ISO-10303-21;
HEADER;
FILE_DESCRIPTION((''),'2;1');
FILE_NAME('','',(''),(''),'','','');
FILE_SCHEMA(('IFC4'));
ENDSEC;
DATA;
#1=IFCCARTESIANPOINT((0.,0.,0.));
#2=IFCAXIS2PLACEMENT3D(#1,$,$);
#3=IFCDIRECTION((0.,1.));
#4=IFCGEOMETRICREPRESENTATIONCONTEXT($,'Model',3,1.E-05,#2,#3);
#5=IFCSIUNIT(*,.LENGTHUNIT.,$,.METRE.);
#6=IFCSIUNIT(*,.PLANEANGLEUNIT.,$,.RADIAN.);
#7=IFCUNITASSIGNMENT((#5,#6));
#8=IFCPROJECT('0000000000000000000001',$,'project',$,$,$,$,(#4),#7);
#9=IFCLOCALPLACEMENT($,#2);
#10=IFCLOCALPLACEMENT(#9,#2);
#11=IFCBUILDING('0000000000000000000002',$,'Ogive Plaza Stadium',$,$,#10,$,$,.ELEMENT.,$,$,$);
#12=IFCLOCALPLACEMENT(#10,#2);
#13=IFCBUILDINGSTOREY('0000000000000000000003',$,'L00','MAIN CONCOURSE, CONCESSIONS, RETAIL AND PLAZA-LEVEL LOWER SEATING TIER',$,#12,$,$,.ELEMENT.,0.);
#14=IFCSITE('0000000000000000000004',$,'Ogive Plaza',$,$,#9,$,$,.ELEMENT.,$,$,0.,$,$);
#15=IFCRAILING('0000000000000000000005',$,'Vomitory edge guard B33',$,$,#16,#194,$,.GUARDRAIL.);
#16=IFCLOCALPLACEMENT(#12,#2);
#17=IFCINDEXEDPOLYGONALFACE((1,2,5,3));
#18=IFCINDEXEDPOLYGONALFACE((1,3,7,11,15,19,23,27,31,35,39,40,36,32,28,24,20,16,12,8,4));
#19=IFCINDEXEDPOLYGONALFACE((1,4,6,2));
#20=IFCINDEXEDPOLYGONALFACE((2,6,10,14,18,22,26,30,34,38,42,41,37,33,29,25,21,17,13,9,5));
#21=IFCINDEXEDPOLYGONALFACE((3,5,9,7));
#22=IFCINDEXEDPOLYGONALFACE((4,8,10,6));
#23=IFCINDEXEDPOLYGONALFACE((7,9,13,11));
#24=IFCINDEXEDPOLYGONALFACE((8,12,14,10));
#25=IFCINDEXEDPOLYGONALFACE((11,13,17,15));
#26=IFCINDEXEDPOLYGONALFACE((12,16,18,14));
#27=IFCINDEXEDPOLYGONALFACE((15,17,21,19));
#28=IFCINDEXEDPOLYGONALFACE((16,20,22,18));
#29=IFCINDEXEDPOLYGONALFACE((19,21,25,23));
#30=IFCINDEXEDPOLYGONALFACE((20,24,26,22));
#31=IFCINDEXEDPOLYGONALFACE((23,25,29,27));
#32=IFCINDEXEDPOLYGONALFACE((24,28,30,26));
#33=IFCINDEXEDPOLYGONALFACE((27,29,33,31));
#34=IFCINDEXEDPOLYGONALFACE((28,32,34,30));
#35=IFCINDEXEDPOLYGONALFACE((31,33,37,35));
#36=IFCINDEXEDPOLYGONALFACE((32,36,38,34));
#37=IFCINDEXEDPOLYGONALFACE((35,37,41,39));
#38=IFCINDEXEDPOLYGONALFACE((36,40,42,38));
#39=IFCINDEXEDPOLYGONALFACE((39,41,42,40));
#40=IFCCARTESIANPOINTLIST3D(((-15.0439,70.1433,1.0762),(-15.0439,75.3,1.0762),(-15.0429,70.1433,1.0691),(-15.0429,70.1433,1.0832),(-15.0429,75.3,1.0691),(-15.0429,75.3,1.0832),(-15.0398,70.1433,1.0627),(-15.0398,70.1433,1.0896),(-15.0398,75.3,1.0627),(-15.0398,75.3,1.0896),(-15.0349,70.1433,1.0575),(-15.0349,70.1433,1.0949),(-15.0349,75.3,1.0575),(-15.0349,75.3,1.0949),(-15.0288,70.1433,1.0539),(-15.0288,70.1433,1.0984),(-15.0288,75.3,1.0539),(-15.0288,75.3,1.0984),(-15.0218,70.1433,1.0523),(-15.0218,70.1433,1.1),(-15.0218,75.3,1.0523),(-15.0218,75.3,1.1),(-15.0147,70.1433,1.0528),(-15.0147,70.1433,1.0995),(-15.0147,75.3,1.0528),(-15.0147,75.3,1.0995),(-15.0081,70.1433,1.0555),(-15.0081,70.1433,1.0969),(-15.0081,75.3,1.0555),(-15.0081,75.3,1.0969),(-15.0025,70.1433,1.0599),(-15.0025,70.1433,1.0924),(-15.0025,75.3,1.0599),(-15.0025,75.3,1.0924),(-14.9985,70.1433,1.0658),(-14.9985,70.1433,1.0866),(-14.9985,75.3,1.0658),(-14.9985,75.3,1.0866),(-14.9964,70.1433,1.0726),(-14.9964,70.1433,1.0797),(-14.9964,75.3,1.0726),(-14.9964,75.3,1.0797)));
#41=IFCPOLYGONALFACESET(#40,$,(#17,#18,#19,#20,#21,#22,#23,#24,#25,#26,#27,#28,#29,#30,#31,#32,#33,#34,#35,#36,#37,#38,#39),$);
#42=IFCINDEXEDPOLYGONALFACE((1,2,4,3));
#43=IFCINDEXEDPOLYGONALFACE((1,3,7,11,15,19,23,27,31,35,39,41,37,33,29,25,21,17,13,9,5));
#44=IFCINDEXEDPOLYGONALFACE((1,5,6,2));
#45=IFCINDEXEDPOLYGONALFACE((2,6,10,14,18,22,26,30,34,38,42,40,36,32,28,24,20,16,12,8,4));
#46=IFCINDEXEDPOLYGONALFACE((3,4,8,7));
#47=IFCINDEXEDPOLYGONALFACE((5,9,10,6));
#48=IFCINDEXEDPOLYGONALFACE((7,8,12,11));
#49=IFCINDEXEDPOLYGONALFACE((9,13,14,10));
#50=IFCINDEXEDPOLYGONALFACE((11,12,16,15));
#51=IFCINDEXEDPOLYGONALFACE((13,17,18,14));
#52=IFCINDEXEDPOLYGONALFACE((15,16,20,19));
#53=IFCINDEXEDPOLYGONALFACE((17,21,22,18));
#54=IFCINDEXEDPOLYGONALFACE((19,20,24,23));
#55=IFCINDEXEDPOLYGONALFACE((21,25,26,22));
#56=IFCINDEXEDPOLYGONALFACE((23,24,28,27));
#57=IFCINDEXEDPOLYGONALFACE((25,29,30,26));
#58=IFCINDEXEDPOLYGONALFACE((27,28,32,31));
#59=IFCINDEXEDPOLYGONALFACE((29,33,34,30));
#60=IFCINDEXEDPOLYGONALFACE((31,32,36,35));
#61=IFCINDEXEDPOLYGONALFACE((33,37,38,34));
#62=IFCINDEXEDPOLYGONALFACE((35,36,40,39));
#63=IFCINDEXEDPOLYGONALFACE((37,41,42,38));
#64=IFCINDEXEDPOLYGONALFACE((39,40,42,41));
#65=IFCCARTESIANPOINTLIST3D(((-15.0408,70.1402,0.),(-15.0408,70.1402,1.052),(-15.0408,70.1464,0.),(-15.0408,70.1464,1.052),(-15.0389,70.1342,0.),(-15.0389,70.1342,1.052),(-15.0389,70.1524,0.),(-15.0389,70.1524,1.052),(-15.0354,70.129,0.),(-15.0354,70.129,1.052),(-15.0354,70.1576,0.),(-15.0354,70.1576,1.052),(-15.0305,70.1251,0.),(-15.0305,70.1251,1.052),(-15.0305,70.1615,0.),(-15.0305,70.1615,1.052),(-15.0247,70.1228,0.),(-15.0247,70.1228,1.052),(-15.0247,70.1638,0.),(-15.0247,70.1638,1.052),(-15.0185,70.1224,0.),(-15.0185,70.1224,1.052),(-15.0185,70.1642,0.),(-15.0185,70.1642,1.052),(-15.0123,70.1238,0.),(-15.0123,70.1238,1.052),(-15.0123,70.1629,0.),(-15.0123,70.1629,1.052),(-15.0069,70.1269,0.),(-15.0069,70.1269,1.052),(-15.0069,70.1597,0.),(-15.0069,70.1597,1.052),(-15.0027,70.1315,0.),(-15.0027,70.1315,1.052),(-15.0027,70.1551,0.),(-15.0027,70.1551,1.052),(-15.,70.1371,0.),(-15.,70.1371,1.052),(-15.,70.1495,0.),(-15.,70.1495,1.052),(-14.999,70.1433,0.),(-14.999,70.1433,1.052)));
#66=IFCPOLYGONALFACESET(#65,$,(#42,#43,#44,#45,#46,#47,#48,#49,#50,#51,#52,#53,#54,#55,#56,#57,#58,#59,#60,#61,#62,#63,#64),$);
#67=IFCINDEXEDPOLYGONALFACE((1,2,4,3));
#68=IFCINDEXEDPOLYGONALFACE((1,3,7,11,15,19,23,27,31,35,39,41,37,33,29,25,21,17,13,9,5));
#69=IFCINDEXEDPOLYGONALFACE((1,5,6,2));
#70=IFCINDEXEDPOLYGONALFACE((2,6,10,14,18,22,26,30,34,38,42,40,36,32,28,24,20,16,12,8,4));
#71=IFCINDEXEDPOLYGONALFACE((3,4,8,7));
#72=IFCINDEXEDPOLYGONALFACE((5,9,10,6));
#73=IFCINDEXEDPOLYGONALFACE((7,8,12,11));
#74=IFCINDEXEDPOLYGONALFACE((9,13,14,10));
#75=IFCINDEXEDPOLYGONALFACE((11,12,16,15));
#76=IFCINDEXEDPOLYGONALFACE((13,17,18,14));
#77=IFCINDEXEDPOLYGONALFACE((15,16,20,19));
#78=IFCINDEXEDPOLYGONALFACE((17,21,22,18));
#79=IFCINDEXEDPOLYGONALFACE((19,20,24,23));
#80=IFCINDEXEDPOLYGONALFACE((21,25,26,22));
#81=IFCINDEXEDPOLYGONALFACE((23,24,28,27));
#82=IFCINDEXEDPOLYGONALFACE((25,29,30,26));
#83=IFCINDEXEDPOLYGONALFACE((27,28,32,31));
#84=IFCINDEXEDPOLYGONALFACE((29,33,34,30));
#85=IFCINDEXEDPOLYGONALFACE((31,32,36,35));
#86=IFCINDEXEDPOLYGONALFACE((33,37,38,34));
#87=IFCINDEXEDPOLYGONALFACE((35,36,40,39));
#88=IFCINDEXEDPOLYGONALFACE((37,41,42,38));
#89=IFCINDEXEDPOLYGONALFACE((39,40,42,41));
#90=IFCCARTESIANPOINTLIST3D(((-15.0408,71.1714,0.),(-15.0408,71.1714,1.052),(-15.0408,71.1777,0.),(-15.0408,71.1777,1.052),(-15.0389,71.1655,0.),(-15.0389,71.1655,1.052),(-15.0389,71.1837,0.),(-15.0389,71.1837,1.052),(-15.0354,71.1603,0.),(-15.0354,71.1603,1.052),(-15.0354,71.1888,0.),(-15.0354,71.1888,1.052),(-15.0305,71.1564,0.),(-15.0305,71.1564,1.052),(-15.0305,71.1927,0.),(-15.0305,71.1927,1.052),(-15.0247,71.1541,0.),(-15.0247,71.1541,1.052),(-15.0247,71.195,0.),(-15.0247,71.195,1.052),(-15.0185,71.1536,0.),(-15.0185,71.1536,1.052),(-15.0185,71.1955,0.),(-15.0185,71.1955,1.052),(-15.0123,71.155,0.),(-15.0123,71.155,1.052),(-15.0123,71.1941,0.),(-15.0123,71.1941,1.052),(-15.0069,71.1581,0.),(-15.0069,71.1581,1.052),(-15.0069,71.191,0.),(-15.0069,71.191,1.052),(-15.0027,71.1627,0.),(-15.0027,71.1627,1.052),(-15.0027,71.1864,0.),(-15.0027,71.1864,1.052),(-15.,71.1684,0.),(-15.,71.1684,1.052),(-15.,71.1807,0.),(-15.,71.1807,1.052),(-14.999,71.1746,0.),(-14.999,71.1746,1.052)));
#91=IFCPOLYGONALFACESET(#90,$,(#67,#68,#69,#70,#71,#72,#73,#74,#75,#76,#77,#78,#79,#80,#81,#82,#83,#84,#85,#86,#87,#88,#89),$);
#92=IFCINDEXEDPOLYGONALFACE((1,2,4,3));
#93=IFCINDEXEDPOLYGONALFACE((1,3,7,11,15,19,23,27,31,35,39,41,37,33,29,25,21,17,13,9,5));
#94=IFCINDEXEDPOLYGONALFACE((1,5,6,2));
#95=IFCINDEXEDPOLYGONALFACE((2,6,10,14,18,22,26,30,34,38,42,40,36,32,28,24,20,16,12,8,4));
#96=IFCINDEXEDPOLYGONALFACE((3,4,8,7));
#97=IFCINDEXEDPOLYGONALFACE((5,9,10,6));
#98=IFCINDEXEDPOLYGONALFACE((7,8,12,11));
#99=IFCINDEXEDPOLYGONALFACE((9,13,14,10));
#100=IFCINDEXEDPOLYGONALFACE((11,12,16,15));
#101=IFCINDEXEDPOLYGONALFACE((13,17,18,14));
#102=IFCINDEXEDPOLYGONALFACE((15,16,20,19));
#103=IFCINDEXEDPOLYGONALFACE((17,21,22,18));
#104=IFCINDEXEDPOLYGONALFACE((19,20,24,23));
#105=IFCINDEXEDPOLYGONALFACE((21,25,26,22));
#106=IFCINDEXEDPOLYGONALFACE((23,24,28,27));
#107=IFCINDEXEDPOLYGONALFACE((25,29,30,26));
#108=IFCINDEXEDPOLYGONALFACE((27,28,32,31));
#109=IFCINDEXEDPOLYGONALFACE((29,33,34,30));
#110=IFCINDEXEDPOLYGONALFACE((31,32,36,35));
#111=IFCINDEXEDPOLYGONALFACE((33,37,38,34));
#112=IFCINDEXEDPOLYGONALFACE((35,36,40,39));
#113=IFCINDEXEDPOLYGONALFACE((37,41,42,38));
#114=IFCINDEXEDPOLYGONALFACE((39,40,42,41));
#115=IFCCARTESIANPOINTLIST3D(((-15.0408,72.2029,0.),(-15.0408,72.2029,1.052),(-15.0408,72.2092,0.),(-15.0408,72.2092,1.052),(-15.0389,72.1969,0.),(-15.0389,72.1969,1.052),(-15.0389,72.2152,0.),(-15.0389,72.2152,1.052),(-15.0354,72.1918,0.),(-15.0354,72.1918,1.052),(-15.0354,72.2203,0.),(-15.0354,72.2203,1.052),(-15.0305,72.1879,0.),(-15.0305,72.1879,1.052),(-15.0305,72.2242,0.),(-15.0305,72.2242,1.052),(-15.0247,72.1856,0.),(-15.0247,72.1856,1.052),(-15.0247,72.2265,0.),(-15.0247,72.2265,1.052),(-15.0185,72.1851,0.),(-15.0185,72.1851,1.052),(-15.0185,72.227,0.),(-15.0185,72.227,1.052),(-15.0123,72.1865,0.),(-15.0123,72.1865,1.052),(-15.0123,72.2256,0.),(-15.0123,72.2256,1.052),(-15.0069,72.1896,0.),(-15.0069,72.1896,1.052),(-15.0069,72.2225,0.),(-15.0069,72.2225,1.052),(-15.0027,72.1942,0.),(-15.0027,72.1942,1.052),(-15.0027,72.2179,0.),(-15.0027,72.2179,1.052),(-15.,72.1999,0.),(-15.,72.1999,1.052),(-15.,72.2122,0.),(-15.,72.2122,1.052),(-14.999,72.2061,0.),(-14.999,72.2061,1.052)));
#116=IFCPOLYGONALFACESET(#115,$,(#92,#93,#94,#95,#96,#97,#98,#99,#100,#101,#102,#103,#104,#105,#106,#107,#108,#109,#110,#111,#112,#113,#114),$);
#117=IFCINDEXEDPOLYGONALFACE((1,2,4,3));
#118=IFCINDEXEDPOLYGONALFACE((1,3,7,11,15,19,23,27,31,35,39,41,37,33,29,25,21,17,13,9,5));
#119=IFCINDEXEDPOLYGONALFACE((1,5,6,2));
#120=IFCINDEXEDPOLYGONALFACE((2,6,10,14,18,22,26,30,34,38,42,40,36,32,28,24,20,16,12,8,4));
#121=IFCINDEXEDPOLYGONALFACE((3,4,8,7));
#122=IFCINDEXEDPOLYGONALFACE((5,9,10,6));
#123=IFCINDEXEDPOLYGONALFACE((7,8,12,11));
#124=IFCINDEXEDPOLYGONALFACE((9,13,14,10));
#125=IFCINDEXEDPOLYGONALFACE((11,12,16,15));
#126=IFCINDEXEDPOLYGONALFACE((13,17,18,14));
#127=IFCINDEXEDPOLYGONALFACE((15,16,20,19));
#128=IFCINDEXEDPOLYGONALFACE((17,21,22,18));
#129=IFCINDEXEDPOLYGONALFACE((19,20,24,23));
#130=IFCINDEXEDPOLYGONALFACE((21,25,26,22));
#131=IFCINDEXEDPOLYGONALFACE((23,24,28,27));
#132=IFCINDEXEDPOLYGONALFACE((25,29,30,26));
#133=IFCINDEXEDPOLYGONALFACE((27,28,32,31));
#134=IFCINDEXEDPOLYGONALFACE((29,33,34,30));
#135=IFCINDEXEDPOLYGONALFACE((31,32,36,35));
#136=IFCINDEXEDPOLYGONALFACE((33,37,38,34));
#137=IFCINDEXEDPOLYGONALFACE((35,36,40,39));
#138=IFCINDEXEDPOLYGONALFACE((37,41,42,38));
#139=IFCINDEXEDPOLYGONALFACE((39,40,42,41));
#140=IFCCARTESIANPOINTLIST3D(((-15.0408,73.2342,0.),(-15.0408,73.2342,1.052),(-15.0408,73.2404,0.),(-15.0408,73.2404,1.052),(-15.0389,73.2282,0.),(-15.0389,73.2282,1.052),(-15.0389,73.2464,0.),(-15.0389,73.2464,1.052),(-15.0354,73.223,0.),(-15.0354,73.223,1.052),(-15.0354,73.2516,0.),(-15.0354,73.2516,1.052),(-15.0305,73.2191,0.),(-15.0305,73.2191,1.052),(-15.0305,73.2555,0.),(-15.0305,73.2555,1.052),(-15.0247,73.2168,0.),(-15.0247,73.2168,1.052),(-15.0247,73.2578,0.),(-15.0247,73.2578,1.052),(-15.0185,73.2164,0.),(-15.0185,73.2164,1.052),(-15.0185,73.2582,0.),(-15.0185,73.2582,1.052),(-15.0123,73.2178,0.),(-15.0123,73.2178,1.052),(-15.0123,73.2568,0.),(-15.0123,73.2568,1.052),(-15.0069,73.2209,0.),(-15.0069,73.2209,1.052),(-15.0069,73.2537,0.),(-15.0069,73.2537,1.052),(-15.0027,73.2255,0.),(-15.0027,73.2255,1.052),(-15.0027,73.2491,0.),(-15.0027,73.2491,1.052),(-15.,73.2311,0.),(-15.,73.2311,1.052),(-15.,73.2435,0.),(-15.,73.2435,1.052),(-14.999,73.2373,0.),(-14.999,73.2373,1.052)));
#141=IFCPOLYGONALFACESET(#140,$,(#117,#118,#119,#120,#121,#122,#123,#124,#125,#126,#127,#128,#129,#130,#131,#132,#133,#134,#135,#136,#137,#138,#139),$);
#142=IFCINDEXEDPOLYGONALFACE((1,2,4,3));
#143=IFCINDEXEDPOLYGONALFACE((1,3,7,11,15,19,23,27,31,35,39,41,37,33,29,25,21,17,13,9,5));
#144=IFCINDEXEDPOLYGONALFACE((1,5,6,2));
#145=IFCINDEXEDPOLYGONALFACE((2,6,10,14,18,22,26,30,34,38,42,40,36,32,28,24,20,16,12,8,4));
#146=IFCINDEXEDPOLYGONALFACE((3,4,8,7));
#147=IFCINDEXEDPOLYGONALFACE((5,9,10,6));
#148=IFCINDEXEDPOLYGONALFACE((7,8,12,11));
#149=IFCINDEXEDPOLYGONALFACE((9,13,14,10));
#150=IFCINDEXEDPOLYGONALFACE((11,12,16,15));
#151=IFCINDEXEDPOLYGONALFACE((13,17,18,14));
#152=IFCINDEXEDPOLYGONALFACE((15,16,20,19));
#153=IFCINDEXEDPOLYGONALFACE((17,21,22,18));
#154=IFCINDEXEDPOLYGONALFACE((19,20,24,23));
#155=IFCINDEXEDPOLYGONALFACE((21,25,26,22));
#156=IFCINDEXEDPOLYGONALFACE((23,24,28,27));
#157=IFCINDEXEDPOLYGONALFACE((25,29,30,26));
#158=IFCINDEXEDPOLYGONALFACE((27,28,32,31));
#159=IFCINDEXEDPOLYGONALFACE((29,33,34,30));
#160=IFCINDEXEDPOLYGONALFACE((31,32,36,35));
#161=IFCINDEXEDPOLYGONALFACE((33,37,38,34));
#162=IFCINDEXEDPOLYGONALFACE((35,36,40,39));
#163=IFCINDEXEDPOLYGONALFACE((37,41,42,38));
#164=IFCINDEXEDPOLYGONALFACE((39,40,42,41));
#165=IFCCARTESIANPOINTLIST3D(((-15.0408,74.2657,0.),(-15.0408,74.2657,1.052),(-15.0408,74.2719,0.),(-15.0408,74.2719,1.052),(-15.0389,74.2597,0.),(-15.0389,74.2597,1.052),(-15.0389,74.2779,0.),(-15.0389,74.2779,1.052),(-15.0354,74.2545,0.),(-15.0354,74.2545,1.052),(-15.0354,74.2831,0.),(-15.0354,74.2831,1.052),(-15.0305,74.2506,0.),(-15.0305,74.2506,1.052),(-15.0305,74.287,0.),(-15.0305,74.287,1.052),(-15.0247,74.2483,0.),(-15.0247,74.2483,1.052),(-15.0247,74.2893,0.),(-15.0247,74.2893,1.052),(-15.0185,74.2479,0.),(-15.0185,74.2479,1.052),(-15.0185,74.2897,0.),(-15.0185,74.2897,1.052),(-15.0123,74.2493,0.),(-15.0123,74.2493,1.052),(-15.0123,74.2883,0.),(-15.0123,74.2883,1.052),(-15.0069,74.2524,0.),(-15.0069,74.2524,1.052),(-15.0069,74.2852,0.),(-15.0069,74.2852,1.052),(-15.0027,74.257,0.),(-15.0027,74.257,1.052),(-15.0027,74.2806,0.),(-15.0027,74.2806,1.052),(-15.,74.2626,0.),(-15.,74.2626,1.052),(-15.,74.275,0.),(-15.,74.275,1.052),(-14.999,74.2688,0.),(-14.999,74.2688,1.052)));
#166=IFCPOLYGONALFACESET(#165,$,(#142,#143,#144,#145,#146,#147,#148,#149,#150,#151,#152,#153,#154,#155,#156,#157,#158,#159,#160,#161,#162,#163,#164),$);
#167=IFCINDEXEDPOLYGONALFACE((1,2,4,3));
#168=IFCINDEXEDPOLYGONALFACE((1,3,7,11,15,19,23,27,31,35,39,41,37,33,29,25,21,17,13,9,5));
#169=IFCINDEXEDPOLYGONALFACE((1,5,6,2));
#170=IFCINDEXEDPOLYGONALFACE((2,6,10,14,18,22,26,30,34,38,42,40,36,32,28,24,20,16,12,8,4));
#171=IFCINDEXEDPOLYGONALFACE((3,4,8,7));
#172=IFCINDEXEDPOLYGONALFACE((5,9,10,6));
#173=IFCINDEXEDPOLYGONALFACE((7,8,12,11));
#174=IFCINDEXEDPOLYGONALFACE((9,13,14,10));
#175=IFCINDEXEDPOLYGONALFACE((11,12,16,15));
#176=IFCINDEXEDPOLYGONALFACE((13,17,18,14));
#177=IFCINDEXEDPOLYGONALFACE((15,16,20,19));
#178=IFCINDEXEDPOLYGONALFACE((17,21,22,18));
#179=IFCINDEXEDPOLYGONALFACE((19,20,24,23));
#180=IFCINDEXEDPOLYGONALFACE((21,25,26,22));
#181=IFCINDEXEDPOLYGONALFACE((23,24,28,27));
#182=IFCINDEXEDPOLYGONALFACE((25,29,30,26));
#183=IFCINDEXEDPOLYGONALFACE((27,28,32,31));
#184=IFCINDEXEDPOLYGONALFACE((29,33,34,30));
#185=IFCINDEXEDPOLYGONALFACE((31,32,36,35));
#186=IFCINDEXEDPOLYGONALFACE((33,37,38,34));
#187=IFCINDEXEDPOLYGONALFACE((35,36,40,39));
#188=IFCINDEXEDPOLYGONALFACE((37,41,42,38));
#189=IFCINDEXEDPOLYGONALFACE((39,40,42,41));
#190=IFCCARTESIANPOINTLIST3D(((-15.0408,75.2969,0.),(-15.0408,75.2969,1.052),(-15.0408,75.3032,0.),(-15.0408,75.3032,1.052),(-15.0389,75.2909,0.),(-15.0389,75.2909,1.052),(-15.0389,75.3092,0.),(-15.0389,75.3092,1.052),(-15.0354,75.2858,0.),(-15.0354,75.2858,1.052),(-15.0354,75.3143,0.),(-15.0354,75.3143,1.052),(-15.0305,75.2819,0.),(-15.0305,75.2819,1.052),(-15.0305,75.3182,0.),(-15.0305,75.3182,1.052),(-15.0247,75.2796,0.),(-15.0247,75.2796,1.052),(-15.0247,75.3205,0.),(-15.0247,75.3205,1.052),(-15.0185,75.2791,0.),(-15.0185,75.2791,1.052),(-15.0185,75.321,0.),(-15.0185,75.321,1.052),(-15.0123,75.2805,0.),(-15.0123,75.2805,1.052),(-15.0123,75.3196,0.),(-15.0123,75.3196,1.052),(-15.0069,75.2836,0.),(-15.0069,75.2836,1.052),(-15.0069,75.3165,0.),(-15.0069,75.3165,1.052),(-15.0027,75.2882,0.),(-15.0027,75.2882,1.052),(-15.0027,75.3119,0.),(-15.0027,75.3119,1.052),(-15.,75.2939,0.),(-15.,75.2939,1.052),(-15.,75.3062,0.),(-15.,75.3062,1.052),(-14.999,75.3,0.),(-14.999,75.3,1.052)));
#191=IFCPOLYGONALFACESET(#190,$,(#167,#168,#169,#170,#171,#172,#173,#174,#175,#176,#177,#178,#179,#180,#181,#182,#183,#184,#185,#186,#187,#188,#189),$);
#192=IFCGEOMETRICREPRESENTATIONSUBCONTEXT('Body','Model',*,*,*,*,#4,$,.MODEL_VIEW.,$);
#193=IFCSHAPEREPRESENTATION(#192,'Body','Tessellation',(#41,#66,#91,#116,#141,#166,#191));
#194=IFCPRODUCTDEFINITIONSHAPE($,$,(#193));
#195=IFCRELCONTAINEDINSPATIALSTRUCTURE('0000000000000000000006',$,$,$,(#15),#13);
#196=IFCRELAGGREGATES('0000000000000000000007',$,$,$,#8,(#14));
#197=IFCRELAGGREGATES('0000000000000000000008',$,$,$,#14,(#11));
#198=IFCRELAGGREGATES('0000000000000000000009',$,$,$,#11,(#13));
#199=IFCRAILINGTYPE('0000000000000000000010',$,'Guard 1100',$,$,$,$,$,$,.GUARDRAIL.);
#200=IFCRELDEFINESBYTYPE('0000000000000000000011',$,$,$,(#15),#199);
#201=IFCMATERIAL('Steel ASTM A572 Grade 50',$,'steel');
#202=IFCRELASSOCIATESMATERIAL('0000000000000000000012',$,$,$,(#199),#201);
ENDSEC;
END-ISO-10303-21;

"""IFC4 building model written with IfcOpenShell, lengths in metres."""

from ifc_helpers import new_model, si_unit, direction, frame, origin, origin_2d, place, context, subcontext, project, spatial, circle, extrude, material, type_object, element, save


model = new_model("IFC4")

# Units and contexts
model_context = context("Model", 3, precision=1e-05, world=origin(), true_north=direction((0.0, 1.0)))
body_context = subcontext(model_context, "Body", "Model", "MODEL_VIEW")
ifc_project = project(units=[si_unit("LENGTHUNIT", "METRE"), si_unit("PLANEANGLEUNIT", "RADIAN")], contexts=[model_context])

# Site, building, storey
site_placement = place(None, origin())
site = spatial("IfcSite", under=ifc_project, at=site_placement, Name="Ogive Plaza", CompositionType="ELEMENT", RefElevation=0.0)
building_placement = place(site_placement, origin())
building = spatial("IfcBuilding", under=site, at=building_placement, Name="Ogive Plaza Stadium", CompositionType="ELEMENT")
storey_placement = place(building_placement, origin())
storey = spatial("IfcBuildingStorey", under=building, at=storey_placement, Name="L00", Description="MAIN CONCOURSE, CONCESSIONS, RETAIL AND PLAZA-LEVEL LOWER SEATING TIER", CompositionType="ELEMENT", Elevation=0.0)

# Railing
ifc_material_1 = material(Name="Steel ASTM A572 Grade 50", Category="steel")
railing_type = type_object("IfcRailingType", Name="Guard 1100", PredefinedType="GUARDRAIL", material=ifc_material_1)
for number, where, name in (
    (1, (-15.02, 70.1433, 0.0), "Vomitory edge guard B33"),
):
    element("IfcRailing", number, at=place(storey_placement, frame(where)), inside=storey, type_object=railing_type, Name=name, PredefinedType="GUARDRAIL", context=body_context, shape_type="SweptSolid", body=[
        extrude(circle(Radius=0.0239, at=origin_2d()), frame((0.0, 0.0, 1.0762), z_axis=(0.0, 1.0, 0.0), x_axis=(-1.0, 0.0, 0.0)), (0.0, 0.0, 1.0), 5.1567),
        extrude(circle(Radius=0.021, at=origin_2d()), origin(), (0.0, 0.0, 1.0), 1.052),
        extrude(circle(Radius=0.021, at=origin_2d()), frame((0.0, 1.0312, 0.0)), (0.0, 0.0, 1.0), 1.052),
        extrude(circle(Radius=0.021, at=origin_2d()), frame((0.0, 2.0627, 0.0)), (0.0, 0.0, 1.0), 1.052),
        extrude(circle(Radius=0.021, at=origin_2d()), frame((0.0, 3.094, 0.0)), (0.0, 0.0, 1.0), 1.052),
        extrude(circle(Radius=0.021, at=origin_2d()), frame((0.0, 4.1255, 0.0)), (0.0, 0.0, 1.0), 1.052),
        extrude(circle(Radius=0.021, at=origin_2d()), frame((0.0, 5.1567, 0.0)), (0.0, 0.0, 1.0), 1.052),
    ])

save(model, "model.ifc")
